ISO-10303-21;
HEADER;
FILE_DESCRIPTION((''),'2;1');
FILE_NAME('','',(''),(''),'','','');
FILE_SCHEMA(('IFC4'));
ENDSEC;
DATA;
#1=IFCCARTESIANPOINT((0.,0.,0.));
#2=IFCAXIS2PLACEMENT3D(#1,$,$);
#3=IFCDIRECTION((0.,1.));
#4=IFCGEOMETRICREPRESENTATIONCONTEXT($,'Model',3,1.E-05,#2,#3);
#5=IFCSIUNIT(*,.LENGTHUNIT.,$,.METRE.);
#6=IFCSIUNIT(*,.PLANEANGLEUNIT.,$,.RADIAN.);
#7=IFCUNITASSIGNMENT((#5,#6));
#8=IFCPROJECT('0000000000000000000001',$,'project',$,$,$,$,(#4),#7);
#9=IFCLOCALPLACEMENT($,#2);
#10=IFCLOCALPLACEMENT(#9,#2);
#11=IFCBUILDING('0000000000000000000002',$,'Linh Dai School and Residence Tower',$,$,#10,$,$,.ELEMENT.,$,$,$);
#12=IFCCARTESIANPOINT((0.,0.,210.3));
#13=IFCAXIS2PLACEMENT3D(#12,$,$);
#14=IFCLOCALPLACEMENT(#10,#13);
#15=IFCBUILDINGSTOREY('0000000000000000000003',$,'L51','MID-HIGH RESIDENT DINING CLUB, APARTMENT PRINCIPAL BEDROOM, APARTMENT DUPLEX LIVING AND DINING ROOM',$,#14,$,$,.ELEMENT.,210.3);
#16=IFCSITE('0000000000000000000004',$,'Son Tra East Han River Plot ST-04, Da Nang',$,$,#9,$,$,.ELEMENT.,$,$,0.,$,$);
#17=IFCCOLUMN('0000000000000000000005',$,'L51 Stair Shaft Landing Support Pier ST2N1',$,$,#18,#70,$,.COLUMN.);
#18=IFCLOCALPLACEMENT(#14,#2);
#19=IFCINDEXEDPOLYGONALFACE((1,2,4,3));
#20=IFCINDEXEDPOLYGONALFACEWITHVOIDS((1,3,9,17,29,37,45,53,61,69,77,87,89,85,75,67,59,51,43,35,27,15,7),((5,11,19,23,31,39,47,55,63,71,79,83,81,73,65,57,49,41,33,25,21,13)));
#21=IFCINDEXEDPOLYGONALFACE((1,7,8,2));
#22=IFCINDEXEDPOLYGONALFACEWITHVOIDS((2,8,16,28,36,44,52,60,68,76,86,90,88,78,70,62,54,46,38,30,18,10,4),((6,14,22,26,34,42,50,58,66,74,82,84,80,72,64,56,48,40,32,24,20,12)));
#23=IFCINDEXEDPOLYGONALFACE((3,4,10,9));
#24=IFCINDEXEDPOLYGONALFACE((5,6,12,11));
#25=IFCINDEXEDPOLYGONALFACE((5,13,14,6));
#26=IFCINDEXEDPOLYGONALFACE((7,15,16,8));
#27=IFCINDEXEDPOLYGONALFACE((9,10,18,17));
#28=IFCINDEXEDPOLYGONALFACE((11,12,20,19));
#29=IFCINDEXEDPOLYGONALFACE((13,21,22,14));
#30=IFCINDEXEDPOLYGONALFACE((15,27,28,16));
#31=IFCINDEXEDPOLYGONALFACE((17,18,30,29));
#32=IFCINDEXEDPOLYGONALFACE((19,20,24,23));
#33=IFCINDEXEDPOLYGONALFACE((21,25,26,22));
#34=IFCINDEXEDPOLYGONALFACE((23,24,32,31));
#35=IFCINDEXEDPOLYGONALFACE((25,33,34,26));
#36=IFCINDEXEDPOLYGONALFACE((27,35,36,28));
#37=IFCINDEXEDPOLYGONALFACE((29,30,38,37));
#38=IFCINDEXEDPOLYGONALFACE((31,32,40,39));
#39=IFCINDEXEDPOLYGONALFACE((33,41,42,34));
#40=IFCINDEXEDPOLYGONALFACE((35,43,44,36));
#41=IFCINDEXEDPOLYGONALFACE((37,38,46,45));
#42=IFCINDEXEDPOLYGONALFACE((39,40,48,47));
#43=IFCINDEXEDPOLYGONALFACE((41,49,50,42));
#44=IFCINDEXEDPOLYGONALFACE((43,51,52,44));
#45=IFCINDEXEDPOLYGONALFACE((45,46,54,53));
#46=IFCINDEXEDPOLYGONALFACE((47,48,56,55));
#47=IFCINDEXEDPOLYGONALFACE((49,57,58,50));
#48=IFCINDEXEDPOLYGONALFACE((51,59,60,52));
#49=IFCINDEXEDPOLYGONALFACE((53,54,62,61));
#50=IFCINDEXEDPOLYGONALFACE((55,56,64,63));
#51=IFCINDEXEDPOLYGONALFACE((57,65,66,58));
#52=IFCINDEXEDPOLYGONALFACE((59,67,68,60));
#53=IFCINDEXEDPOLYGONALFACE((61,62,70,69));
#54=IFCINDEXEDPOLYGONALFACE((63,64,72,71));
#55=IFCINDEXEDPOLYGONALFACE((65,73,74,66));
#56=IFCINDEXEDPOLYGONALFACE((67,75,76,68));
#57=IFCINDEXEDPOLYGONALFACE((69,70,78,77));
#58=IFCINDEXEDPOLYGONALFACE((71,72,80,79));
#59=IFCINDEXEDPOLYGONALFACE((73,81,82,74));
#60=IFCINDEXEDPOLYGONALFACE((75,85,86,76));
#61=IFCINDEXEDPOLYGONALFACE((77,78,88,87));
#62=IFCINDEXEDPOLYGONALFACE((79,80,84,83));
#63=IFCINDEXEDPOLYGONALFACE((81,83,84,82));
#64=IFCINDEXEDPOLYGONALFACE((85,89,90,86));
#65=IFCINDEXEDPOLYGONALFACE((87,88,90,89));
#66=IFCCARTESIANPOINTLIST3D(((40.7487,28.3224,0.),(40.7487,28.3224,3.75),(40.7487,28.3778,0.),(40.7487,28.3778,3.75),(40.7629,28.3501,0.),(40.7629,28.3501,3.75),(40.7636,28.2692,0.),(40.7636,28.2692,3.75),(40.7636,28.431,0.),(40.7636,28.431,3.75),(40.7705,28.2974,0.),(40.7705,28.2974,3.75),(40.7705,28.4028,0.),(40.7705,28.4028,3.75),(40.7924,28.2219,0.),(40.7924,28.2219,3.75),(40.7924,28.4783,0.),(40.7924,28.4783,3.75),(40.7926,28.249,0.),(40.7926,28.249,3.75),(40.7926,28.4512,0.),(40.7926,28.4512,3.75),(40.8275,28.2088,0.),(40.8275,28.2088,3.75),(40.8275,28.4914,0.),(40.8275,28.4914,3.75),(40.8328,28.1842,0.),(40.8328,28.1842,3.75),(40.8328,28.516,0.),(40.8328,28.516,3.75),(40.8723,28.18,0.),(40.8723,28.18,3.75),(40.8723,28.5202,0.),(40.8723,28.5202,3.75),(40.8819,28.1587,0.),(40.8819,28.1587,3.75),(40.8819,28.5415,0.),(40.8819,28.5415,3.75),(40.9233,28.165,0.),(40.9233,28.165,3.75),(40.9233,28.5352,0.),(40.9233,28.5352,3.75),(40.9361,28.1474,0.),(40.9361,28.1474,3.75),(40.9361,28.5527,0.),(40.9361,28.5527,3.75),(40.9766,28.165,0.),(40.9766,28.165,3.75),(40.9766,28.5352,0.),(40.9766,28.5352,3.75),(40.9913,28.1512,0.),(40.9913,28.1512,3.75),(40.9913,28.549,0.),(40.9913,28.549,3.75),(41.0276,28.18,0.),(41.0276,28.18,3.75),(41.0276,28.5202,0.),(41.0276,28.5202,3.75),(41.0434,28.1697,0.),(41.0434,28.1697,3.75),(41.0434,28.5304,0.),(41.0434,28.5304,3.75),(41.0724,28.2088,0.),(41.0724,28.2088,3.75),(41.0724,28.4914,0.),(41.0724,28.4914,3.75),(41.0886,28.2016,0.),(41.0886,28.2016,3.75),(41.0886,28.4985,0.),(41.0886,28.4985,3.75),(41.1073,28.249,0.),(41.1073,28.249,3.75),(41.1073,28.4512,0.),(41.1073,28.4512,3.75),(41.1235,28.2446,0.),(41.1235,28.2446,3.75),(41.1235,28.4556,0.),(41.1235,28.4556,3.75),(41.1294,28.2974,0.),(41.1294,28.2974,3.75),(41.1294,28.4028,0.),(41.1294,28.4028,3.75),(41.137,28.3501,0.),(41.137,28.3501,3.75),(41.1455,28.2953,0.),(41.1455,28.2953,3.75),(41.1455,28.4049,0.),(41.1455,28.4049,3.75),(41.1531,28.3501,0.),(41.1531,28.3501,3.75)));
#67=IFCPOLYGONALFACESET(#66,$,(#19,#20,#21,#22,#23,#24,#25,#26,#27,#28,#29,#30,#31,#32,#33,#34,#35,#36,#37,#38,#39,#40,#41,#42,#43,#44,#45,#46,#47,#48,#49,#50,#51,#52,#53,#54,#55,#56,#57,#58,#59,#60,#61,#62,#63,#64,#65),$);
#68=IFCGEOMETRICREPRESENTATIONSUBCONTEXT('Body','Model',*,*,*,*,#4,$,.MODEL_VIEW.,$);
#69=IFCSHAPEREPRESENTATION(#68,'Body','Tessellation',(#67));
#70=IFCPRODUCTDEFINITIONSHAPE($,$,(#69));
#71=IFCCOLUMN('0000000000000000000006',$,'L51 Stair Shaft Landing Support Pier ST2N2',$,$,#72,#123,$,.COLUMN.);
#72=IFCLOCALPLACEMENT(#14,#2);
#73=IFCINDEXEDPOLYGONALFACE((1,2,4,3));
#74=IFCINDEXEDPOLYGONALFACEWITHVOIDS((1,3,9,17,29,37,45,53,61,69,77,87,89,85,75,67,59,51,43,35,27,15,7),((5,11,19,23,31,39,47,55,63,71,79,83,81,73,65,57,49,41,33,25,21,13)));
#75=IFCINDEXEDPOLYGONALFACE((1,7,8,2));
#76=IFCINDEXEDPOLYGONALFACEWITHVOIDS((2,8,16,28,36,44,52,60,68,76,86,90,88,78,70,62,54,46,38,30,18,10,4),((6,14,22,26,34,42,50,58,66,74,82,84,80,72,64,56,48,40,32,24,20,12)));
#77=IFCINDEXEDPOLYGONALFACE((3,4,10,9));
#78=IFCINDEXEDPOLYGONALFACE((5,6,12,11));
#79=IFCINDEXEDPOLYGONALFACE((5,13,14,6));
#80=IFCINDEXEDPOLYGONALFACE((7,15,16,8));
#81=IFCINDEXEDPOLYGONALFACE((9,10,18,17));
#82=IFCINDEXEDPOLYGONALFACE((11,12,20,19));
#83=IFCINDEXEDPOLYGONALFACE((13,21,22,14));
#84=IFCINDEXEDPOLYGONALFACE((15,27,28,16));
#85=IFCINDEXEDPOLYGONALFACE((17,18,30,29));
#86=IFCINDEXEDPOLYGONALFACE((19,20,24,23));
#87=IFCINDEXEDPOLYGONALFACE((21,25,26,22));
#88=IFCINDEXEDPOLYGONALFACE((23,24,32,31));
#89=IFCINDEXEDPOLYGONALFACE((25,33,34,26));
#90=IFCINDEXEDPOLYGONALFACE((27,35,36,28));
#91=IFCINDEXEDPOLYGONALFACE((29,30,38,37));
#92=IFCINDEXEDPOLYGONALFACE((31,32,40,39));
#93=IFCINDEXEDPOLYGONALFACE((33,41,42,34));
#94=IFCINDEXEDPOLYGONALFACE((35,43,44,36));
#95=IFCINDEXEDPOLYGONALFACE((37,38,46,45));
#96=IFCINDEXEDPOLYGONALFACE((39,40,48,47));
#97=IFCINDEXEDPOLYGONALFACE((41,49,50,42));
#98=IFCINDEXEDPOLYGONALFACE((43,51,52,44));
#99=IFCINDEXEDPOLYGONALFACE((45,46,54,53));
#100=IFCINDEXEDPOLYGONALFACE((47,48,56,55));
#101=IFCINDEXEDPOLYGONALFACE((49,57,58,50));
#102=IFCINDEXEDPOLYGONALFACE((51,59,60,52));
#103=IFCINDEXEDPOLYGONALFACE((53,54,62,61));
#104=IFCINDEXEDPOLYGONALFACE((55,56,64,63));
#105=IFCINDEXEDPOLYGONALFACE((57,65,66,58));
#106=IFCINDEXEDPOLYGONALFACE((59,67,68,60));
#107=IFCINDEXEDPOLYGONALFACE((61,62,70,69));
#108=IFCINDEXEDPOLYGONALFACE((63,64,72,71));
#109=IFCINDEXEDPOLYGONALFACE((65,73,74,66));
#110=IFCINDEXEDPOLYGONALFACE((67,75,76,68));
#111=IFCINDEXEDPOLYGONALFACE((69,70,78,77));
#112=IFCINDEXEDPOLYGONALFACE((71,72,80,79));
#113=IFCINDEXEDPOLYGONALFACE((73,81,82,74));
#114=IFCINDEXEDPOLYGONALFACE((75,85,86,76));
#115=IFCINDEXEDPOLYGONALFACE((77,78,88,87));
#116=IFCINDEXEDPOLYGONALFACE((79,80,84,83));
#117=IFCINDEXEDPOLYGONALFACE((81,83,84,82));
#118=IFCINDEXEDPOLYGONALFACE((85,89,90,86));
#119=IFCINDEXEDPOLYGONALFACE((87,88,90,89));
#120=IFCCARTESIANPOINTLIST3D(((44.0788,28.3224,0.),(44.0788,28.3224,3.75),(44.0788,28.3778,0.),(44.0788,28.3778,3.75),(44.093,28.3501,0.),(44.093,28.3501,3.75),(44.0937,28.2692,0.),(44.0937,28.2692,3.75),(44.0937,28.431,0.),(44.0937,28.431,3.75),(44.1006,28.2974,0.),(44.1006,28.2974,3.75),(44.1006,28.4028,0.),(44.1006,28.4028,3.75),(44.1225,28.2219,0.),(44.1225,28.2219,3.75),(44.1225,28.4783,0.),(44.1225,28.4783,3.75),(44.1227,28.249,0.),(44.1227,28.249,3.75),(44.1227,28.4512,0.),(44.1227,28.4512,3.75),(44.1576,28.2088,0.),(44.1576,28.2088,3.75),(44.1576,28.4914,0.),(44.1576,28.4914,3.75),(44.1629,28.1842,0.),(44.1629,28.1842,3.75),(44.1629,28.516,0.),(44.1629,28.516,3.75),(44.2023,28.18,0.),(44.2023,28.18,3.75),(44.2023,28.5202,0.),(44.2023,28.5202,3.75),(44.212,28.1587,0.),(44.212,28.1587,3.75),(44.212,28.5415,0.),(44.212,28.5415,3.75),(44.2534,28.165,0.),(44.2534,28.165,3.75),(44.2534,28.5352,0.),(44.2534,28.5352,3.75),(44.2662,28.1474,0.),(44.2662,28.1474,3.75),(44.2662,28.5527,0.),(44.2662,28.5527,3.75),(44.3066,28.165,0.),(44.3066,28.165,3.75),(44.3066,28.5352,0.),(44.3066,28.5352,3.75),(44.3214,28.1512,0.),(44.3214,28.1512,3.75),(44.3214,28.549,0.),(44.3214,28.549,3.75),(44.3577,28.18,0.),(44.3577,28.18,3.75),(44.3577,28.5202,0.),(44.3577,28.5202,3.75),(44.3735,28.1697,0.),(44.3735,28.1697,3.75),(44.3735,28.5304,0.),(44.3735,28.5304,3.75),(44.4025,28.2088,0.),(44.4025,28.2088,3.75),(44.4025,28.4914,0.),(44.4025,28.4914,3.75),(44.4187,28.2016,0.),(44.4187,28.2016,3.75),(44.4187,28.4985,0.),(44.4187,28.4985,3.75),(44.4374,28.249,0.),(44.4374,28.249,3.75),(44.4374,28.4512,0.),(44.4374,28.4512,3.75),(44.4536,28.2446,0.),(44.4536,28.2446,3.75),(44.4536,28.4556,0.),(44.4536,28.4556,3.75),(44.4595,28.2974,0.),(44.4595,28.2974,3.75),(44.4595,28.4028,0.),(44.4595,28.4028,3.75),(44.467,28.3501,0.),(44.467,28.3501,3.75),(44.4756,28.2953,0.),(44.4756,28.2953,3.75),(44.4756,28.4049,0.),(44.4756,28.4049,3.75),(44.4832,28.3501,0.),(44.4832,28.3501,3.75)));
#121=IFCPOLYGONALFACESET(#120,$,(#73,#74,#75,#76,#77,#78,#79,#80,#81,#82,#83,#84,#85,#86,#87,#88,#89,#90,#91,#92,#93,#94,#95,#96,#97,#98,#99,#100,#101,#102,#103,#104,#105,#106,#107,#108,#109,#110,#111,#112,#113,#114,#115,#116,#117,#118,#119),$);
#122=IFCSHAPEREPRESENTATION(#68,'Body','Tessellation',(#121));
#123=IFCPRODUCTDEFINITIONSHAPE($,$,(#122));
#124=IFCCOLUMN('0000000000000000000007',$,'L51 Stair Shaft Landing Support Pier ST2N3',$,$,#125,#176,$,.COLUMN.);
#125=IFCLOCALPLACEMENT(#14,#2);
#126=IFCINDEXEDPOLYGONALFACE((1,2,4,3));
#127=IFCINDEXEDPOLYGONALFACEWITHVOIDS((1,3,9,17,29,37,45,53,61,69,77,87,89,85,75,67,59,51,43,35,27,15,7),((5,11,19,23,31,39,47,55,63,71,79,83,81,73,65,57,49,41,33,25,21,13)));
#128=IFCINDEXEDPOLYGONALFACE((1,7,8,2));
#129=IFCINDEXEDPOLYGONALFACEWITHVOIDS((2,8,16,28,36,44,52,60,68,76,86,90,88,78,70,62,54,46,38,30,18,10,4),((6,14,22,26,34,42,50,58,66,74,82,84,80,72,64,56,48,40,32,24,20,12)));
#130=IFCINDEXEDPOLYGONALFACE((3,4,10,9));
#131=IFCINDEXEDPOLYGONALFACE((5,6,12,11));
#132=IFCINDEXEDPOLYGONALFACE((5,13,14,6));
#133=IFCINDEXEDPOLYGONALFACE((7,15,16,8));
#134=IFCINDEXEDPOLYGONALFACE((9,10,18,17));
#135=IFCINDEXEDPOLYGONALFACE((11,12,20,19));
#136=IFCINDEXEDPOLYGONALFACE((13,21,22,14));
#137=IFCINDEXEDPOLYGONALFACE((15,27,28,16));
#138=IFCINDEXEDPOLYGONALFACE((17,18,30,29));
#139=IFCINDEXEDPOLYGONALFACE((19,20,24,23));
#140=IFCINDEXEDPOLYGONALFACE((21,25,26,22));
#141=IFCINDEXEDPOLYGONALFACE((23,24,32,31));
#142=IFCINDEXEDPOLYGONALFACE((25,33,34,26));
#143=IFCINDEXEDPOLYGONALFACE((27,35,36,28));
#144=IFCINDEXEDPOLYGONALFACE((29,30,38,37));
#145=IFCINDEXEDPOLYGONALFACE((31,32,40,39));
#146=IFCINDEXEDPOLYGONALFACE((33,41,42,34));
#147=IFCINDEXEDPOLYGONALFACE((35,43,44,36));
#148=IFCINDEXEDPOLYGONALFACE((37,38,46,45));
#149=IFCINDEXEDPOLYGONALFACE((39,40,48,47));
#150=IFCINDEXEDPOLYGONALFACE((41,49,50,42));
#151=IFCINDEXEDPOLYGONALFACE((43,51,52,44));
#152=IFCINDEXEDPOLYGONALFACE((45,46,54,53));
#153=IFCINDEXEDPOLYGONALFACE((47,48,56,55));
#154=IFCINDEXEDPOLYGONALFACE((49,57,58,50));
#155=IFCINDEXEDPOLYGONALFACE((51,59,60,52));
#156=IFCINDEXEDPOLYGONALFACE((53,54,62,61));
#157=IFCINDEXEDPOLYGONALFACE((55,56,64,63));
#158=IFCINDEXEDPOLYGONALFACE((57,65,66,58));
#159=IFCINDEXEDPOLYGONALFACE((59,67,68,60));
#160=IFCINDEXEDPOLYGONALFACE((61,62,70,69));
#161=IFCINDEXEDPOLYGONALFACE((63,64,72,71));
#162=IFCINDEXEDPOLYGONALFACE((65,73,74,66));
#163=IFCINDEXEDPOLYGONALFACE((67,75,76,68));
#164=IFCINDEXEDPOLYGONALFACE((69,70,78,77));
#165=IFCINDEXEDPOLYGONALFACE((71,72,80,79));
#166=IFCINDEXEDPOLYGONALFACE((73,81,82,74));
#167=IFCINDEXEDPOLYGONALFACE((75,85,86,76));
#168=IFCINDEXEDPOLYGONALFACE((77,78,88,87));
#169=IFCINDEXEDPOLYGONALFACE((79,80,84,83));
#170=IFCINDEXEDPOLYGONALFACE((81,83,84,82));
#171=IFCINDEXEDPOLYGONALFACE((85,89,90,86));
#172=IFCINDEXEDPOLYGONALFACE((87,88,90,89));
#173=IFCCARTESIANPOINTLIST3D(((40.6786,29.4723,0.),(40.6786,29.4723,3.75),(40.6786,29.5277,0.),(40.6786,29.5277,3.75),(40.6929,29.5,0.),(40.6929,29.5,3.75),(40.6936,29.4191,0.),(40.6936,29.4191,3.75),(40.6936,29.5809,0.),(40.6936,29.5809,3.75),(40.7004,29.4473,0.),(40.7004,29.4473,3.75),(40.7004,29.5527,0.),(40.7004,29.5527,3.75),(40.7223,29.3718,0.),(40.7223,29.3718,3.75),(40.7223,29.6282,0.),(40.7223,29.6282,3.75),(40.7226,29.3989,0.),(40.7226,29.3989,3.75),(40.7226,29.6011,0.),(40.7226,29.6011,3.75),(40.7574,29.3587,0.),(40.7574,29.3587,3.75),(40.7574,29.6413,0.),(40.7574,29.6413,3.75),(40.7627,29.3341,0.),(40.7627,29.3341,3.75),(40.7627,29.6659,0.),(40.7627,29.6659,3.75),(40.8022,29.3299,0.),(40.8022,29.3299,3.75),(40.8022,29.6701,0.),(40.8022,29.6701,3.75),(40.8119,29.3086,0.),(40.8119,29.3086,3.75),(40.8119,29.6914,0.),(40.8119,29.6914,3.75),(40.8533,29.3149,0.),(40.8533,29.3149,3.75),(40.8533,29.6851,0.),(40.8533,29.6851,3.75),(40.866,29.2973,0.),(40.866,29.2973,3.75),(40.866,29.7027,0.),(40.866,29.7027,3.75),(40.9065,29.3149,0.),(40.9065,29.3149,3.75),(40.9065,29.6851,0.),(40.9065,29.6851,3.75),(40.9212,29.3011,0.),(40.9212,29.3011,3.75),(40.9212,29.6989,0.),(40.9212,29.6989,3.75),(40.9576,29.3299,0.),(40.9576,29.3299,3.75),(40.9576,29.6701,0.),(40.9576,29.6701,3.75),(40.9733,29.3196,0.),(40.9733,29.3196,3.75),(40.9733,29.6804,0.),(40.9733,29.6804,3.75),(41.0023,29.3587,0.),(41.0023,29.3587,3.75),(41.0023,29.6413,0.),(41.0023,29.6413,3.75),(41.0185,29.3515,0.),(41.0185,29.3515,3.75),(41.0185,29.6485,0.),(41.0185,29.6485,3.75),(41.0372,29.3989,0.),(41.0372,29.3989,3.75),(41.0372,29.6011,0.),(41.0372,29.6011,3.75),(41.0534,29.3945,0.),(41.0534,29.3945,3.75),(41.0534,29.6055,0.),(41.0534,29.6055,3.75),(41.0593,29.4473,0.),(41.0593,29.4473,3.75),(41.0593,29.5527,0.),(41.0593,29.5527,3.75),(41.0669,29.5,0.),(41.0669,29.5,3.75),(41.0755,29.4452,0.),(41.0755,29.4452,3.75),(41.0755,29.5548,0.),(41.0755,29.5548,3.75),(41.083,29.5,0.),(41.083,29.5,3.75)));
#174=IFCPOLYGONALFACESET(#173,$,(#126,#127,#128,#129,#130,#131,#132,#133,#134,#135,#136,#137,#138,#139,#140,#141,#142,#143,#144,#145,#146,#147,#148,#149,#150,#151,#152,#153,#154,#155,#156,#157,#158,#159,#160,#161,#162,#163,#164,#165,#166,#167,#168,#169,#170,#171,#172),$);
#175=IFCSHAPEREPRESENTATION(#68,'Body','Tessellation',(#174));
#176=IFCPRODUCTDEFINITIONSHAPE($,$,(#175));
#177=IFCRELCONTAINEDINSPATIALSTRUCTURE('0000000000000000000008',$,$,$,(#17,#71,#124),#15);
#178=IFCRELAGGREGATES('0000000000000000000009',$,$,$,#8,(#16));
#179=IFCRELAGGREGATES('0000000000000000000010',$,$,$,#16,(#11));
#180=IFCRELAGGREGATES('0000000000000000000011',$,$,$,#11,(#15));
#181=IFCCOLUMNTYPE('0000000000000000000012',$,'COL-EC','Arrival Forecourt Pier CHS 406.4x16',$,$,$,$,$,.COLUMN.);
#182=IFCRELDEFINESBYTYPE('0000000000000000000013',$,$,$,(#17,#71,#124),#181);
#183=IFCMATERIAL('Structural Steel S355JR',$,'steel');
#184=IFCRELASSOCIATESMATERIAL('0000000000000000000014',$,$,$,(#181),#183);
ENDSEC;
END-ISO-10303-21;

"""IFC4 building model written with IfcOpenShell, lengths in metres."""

from ifc_helpers import new_model, si_unit, direction, frame, origin, origin_2d, place, context, subcontext, project, spatial, hollow_circle, extrude, material, material_profile, profile_set, type_object, element, save


model = new_model("IFC4")

# Units and contexts
model_context = context("Model", 3, precision=1e-05, world=origin(), true_north=direction((0.0, 1.0)))
body_context = subcontext(model_context, "Body", "Model", "MODEL_VIEW")
ifc_project = project(units=[si_unit("LENGTHUNIT", "METRE"), si_unit("PLANEANGLEUNIT", "RADIAN")], contexts=[model_context])

# Site, building, storey
site_placement = place(None, origin())
site = spatial("IfcSite", under=ifc_project, at=site_placement, Name="Son Tra East Han River Plot ST-04, Da Nang", CompositionType="ELEMENT", RefElevation=0.0)
building_placement = place(site_placement, origin())
building = spatial("IfcBuilding", under=site, at=building_placement, Name="Linh Dai School and Residence Tower", CompositionType="ELEMENT")
storey_placement = place(building_placement, frame((0.0, 0.0, 210.3)))
storey = spatial("IfcBuildingStorey", under=building, at=storey_placement, Name="L51", Description="MID-HIGH RESIDENT DINING CLUB, APARTMENT PRINCIPAL BEDROOM, APARTMENT DUPLEX LIVING AND DINING ROOM", CompositionType="ELEMENT", Elevation=210.3)

# Columns
ifc_material_1 = material(Name="Structural Steel S355JR", Category="steel")
ifc_material_profile_1 = material_profile(ifc_material_1, hollow_circle(Radius=0.2031, WallThickness=0.0161, at=origin_2d()), Name="CHS 406.4x16")
ifc_profile_set_1 = profile_set([ifc_material_profile_1], Name="Structural Steel S355JR")
column_type_1 = type_object("IfcColumnType", Name="COL-EC", Description="Arrival Forecourt Pier CHS 406.4x16", PredefinedType="COLUMN", material=ifc_profile_set_1)
for number, where, z_axis, x_axis, name in (
    (1, (40.95, 28.3501, 0.0), (0.0, 0.0, 1.0), (1.0, 0.0, 0.0), "L51 Stair Shaft Landing Support Pier ST2N1"),
    (2, (44.28, 28.3501, 0.0), (0.0, 0.0, 1.0), (1.0, 0.0, 0.0), "L51 Stair Shaft Landing Support Pier ST2N2"),
    (3, (40.8799, 29.5, 0.0), (0.0, 0.0, 1.0), (1.0, 0.0, 0.0), "L51 Stair Shaft Landing Support Pier ST2N3"),
):
    element("IfcColumn", number, at=place(storey_placement, frame(where, z_axis=z_axis, x_axis=x_axis)), inside=storey, type_object=column_type_1, Name=name, PredefinedType="COLUMN", context=body_context, shape_type="SweptSolid", body=[
        extrude(hollow_circle(Radius=0.2031, WallThickness=0.0161, at=origin_2d()), origin(), (0.0, 0.0, 1.0), 3.75),
    ])

save(model, "model.ifc")
